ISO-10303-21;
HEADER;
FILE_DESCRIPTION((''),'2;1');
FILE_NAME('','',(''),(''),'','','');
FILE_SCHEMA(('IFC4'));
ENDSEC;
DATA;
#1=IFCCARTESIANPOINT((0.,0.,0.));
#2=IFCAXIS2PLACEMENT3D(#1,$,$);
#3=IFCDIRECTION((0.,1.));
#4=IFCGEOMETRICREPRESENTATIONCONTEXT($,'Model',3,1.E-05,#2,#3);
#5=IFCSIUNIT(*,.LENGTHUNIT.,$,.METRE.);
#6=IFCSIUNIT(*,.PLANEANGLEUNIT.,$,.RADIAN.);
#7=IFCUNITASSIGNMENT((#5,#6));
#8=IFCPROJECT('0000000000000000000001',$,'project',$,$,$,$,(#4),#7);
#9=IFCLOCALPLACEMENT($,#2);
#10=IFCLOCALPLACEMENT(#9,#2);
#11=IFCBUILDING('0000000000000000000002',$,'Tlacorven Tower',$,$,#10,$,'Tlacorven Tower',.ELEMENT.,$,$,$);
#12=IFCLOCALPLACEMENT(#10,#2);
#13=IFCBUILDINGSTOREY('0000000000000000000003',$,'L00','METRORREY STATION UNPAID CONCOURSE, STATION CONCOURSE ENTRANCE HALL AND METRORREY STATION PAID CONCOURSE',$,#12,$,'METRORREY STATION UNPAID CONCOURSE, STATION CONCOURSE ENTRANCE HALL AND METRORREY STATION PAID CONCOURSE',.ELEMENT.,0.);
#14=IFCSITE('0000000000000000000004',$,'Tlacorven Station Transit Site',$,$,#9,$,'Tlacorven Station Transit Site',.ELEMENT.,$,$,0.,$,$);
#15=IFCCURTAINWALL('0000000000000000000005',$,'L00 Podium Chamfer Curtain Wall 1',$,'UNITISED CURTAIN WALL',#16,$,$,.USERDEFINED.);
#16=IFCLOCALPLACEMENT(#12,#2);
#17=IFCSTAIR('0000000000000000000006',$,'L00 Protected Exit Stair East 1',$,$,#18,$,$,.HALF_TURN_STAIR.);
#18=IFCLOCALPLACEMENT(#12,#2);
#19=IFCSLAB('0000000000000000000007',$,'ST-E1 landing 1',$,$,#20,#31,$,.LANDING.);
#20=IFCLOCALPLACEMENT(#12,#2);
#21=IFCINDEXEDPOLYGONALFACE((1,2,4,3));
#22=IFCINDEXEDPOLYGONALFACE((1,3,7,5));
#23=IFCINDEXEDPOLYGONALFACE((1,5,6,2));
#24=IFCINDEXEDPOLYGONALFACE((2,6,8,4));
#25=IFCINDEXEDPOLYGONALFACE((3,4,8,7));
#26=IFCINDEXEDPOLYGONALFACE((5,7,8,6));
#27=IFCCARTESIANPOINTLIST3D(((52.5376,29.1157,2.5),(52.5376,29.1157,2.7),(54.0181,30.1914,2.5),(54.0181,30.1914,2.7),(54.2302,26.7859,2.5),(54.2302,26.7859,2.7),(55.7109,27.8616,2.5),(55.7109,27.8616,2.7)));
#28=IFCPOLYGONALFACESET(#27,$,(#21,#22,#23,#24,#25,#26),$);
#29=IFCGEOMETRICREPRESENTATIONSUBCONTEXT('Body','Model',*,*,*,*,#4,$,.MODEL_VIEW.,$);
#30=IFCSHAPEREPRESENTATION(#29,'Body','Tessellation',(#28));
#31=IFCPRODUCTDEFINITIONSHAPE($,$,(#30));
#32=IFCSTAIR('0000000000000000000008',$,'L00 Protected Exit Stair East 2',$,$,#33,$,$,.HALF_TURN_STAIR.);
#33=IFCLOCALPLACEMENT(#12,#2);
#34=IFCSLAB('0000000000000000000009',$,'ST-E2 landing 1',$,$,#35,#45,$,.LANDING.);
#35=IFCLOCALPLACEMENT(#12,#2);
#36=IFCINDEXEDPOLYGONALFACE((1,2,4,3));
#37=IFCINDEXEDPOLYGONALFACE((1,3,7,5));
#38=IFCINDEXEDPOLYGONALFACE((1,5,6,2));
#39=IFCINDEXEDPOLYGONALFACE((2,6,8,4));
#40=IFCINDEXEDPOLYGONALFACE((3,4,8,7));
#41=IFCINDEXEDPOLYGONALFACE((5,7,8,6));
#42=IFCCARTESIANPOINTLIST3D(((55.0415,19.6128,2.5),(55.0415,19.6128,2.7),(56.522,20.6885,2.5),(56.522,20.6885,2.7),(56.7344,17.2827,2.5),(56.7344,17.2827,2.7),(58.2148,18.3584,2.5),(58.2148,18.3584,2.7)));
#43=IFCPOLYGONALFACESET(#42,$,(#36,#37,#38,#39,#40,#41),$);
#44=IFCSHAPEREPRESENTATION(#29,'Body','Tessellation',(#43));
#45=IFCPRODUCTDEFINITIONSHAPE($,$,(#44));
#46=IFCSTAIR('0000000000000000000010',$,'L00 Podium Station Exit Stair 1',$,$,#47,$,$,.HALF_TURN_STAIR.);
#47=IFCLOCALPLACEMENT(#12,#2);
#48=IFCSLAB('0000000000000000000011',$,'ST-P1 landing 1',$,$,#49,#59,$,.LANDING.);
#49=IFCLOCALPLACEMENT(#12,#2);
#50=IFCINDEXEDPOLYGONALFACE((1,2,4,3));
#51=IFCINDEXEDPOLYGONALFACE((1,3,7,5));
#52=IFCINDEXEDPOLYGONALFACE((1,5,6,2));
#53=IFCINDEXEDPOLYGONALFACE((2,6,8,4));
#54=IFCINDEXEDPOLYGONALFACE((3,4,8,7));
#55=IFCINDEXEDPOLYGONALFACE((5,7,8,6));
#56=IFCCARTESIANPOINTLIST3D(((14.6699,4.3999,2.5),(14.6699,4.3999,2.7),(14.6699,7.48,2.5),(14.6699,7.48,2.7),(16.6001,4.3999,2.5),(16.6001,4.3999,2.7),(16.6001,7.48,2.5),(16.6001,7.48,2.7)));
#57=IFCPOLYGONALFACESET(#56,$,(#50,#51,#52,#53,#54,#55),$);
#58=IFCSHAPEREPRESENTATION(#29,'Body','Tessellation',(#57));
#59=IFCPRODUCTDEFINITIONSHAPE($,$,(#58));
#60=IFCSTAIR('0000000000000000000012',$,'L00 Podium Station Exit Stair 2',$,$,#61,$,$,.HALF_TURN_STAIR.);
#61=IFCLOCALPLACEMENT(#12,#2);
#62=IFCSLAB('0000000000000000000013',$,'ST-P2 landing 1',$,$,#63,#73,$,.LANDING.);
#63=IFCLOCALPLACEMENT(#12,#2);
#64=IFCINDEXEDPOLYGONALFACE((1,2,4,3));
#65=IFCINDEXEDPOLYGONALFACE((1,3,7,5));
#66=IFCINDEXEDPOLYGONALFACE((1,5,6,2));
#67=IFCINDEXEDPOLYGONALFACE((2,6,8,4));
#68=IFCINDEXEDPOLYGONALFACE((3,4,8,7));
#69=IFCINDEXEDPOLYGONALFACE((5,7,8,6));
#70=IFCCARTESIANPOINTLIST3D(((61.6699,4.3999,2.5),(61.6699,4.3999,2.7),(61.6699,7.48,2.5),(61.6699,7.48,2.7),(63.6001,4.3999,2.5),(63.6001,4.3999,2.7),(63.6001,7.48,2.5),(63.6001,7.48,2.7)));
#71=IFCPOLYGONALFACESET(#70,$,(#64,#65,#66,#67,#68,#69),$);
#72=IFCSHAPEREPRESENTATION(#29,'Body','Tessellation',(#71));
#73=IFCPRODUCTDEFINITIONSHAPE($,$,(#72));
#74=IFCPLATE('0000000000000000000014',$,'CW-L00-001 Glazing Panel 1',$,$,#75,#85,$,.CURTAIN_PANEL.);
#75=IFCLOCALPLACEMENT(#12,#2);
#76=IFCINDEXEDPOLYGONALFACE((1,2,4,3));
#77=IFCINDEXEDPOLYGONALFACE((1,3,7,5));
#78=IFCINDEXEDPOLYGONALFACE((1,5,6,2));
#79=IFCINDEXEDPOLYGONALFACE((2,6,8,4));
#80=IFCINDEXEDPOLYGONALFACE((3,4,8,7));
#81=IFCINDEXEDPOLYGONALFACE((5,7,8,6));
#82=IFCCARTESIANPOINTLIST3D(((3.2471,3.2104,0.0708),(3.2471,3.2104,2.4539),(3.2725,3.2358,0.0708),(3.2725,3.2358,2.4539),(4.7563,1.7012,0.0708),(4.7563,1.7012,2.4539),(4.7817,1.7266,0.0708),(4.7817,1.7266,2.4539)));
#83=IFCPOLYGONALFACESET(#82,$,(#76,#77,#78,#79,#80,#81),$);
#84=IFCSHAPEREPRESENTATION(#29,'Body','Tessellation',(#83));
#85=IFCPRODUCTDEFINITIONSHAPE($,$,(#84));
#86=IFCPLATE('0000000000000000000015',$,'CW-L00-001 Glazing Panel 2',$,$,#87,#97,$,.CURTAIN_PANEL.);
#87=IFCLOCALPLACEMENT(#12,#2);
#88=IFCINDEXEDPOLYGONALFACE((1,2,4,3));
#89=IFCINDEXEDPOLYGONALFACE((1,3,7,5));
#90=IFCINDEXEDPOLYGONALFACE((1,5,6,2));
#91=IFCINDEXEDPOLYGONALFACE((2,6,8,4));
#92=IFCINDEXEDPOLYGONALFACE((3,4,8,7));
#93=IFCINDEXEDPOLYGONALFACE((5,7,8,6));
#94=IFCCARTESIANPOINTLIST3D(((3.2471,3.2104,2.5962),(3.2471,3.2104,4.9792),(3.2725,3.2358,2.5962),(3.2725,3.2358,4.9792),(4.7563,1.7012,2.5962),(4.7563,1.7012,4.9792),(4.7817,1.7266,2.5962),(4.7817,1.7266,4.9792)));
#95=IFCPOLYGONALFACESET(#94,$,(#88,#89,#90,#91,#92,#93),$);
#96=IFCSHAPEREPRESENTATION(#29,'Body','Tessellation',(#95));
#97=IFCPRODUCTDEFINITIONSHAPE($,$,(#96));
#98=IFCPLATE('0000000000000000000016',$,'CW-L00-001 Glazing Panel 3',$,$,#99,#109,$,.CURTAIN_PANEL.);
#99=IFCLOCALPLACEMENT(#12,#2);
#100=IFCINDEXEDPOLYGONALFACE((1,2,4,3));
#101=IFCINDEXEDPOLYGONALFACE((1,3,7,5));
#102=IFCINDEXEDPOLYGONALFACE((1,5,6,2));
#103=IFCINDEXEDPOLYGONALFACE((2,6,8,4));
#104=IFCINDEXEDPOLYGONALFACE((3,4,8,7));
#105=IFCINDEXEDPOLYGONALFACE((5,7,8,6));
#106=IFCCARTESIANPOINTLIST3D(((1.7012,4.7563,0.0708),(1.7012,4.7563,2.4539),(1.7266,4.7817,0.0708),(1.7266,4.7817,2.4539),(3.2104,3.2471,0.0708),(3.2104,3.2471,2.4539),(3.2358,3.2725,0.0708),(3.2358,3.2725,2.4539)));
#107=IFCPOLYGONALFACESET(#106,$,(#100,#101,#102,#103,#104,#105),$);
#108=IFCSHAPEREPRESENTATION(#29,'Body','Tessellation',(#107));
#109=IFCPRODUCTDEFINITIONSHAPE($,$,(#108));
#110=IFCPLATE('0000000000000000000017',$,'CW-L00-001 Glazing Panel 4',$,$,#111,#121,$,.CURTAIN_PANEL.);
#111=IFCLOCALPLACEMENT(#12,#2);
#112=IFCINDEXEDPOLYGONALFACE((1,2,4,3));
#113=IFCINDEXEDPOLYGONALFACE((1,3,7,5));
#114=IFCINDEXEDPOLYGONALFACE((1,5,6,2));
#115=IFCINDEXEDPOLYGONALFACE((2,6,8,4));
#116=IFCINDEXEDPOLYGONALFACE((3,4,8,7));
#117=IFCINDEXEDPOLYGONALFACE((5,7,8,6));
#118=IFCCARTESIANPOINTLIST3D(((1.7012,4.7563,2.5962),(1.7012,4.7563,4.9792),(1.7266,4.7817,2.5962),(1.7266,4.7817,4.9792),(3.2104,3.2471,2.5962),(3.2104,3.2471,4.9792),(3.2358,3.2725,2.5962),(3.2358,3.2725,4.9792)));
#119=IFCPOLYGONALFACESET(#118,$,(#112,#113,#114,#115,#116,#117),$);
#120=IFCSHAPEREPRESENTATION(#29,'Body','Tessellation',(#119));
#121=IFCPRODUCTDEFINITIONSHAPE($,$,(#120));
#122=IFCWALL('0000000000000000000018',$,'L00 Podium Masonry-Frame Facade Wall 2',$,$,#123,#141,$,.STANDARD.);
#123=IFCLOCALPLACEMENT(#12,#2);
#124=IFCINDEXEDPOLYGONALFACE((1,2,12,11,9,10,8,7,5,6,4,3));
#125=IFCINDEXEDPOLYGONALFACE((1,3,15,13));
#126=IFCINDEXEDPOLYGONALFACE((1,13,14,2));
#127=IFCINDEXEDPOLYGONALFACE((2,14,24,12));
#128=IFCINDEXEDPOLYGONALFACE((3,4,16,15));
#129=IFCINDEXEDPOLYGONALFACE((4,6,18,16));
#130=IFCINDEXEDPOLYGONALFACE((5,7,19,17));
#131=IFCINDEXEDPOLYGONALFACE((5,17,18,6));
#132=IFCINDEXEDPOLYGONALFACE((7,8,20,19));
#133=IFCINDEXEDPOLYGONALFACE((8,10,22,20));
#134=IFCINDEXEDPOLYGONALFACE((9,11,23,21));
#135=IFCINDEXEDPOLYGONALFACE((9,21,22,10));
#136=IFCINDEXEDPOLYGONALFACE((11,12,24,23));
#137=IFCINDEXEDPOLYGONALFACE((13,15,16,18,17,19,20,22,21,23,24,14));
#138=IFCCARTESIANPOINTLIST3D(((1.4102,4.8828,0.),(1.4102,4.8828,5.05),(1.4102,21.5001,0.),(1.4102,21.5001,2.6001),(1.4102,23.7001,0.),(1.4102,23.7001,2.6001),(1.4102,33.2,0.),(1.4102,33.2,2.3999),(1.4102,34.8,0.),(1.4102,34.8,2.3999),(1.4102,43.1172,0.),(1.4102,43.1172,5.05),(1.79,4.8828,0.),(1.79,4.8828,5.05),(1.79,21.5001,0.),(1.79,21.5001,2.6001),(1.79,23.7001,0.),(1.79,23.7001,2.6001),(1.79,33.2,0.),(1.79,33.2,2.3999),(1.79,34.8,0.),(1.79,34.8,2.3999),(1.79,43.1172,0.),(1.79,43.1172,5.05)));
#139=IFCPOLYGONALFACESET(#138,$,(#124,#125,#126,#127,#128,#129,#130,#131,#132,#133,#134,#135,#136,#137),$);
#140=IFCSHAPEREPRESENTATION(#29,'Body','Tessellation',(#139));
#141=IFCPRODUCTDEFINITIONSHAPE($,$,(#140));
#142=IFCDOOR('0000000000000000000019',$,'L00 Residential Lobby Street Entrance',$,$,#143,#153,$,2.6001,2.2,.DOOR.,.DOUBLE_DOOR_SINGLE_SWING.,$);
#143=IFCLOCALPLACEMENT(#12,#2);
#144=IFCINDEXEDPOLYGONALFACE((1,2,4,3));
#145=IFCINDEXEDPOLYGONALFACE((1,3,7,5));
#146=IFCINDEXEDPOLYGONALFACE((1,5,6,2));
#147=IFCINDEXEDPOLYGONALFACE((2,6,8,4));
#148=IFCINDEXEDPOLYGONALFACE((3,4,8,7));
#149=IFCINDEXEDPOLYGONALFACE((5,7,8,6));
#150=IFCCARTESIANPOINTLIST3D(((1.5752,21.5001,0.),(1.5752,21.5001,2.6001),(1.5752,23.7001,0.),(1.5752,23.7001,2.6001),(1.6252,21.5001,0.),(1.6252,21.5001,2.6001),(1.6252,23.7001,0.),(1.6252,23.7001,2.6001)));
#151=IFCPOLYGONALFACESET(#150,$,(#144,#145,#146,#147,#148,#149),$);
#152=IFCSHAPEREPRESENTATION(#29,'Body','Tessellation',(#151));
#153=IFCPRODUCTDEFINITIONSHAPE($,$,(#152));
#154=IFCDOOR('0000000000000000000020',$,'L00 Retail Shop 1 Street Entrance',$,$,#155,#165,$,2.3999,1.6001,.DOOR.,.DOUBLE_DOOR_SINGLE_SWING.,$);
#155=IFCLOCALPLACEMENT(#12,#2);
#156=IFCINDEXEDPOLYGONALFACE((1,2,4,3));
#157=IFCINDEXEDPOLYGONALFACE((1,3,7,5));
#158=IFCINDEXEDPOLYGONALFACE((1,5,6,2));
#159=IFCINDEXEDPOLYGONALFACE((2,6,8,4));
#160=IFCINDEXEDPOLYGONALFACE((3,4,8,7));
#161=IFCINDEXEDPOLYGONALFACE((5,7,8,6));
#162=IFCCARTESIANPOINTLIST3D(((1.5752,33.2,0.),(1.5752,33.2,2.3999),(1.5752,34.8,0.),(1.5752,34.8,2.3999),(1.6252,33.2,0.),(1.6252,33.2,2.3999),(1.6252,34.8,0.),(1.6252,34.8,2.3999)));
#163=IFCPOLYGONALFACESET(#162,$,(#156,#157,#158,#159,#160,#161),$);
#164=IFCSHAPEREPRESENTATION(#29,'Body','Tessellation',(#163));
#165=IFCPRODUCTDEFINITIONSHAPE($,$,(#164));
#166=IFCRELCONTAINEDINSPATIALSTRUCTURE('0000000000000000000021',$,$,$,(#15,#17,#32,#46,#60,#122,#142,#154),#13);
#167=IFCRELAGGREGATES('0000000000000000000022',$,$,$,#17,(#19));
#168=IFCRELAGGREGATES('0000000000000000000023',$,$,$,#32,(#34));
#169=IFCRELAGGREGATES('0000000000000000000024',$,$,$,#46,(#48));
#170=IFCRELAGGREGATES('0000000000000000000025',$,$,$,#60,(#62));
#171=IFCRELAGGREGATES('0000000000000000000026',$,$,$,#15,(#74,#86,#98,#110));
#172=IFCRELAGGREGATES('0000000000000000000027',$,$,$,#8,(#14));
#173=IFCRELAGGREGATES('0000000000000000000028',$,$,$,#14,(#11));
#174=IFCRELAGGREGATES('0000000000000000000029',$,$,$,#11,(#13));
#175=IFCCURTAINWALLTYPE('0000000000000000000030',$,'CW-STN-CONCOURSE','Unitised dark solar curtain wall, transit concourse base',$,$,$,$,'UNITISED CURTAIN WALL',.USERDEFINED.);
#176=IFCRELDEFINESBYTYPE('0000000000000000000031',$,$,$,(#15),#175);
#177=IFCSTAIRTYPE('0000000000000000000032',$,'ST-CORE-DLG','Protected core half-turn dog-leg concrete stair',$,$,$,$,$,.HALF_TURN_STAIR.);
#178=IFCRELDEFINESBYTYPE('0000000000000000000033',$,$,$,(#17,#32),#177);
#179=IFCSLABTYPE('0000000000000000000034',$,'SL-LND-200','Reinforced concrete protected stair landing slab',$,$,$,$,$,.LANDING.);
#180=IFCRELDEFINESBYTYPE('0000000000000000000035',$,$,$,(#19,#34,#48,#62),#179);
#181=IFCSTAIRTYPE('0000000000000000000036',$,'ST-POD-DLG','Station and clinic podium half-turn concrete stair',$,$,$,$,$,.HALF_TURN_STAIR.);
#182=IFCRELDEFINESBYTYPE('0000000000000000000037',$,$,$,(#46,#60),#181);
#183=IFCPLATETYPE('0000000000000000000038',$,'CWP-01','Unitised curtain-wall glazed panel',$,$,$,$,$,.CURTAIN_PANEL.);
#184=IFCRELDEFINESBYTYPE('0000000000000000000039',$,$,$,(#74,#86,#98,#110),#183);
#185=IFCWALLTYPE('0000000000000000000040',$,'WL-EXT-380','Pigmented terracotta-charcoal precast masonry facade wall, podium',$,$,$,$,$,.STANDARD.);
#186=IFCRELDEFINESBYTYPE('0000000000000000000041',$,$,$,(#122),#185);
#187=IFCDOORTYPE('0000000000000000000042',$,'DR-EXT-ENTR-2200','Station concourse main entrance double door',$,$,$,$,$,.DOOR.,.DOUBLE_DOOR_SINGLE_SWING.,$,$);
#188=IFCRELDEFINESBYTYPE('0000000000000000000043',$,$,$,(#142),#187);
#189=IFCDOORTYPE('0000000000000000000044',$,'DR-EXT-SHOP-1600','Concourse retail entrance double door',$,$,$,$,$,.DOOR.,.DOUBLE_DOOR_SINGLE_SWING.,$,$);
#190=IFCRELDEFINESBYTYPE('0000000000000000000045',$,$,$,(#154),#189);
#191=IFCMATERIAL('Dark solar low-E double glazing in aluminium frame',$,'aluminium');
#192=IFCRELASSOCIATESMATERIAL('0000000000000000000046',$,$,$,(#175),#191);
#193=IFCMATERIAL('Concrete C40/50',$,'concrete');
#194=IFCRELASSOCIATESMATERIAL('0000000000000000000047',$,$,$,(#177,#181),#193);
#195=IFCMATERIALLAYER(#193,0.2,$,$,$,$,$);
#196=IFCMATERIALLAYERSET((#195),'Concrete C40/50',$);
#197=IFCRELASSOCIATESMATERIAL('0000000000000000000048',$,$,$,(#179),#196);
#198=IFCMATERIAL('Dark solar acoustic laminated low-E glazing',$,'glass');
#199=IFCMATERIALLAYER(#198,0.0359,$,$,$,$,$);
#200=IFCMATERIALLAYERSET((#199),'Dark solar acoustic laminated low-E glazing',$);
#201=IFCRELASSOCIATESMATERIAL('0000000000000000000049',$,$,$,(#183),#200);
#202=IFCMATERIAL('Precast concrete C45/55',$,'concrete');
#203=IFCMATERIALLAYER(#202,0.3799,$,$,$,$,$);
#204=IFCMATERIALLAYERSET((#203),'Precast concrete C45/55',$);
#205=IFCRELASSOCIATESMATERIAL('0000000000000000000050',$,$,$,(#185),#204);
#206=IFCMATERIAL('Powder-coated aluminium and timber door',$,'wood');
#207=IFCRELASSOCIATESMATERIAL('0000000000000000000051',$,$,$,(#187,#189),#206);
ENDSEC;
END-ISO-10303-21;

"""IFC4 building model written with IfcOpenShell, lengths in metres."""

from ifc_helpers import new_model, si_unit, direction, frame, frame_2d, origin, origin_2d, place, context, subcontext, project, spatial, polyline, rectangle, outline, extrude, source, transform, mapped, material, layer, layer_set, type_object, element, fill, aggregate, save


model = new_model("IFC4")

# Units and contexts
model_context = context("Model", 3, precision=1e-05, world=origin(), true_north=direction((0.0, 1.0)))
body_context = subcontext(model_context, "Body", "Model", "MODEL_VIEW")
ifc_project = project(units=[si_unit("LENGTHUNIT", "METRE"), si_unit("PLANEANGLEUNIT", "RADIAN")], contexts=[model_context])

# Site, building, storey
site_placement = place(None, origin())
site = spatial("IfcSite", under=ifc_project, at=site_placement, Name="Tlacorven Station Transit Site", LongName="Tlacorven Station Transit Site", CompositionType="ELEMENT", RefElevation=0.0)
building_placement = place(site_placement, origin())
building = spatial("IfcBuilding", under=site, at=building_placement, Name="Tlacorven Tower", LongName="Tlacorven Tower", CompositionType="ELEMENT")
storey_placement = place(building_placement, origin())
storey = spatial("IfcBuildingStorey", under=building, at=storey_placement, Name="L00", Description="METRORREY STATION UNPAID CONCOURSE, STATION CONCOURSE ENTRANCE HALL AND METRORREY STATION PAID CONCOURSE", LongName="METRORREY STATION UNPAID CONCOURSE, STATION CONCOURSE ENTRANCE HALL AND METRORREY STATION PAID CONCOURSE", CompositionType="ELEMENT", Elevation=0.0)

# Curtain wall
ifc_material_1 = material(Name="Dark solar low-E double glazing in aluminium frame", Category="aluminium")
curtain_wall_type = type_object("IfcCurtainWallType", Name="CW-STN-CONCOURSE", Description="Unitised dark solar curtain wall, transit concourse base", ElementType="UNITISED CURTAIN WALL", PredefinedType="USERDEFINED", material=ifc_material_1)
curtain_wall_placement = place(storey_placement, origin())
curtain_wall = element("IfcCurtainWall", 1, at=curtain_wall_placement, inside=storey, type_object=curtain_wall_type, Name="L00 Podium Chamfer Curtain Wall 1", ObjectType="UNITISED CURTAIN WALL", PredefinedType="USERDEFINED")

# Stairs, slabs
ifc_material_2 = material(Name="Concrete C40/50", Category="concrete")
stair_type_1 = type_object("IfcStairType", Name="ST-CORE-DLG", Description="Protected core half-turn dog-leg concrete stair", PredefinedType="HALF_TURN_STAIR", material=ifc_material_2)
ifc_layer_1 = layer(ifc_material_2, 0.2)
ifc_layer_set_1 = layer_set([ifc_layer_1], Name="Concrete C40/50")
slab_type = type_object("IfcSlabType", Name="SL-LND-200", Description="Reinforced concrete protected stair landing slab", PredefinedType="LANDING", material=ifc_layer_set_1)
stair_1_placement = place(storey_placement, origin())
stair_1 = element("IfcStair", 2, at=stair_1_placement, inside=storey, type_object=stair_type_1, Name="L00 Protected Exit Stair East 1", PredefinedType="HALF_TURN_STAIR")
slab_1_placement = place(storey_placement, frame((0.0, 0.0, 2.5)))
slab_1 = element("IfcSlab", 3, at=slab_1_placement, type_object=slab_type, Name="ST-E1 landing 1", PredefinedType="LANDING", context=body_context, shape_type="SweptSolid", body=[
    extrude(outline(polyline([(54.2302, 26.7859), (55.7109, 27.8616), (54.0181, 30.1914), (52.5376, 29.1157), (54.2302, 26.7859)])), origin(), (0.0, 0.0, 1.0), 0.2),
])
aggregate(stair_1, [slab_1])
stair_2_placement = place(storey_placement, origin())
stair_2 = element("IfcStair", 4, at=stair_2_placement, inside=storey, type_object=stair_type_1, Name="L00 Protected Exit Stair East 2", PredefinedType="HALF_TURN_STAIR")
slab_2_placement = place(storey_placement, frame((0.0, 0.0, 2.5)))
slab_2 = element("IfcSlab", 5, at=slab_2_placement, type_object=slab_type, Name="ST-E2 landing 1", PredefinedType="LANDING", context=body_context, shape_type="SweptSolid", body=[
    extrude(outline(polyline([(56.7344, 17.2827), (58.2148, 18.3584), (56.522, 20.6885), (55.0415, 19.6128), (56.7344, 17.2827)])), origin(), (0.0, 0.0, 1.0), 0.2),
])
aggregate(stair_2, [slab_2])
stair_type_2 = type_object("IfcStairType", Name="ST-POD-DLG", Description="Station and clinic podium half-turn concrete stair", PredefinedType="HALF_TURN_STAIR", material=ifc_material_2)
stair_3_placement = place(storey_placement, origin())
stair_3 = element("IfcStair", 6, at=stair_3_placement, inside=storey, type_object=stair_type_2, Name="L00 Podium Station Exit Stair 1", PredefinedType="HALF_TURN_STAIR")
slab_3_placement = place(storey_placement, frame((0.0, 0.0, 2.5)))
slab_3 = element("IfcSlab", 7, at=slab_3_placement, type_object=slab_type, Name="ST-P1 landing 1", PredefinedType="LANDING", context=body_context, shape_type="SweptSolid", body=[
    extrude(outline(polyline([(14.6699, 4.3999), (16.6001, 4.3999), (16.6001, 7.48), (14.6699, 7.48), (14.6699, 4.3999)])), origin(), (0.0, 0.0, 1.0), 0.2),
])
aggregate(stair_3, [slab_3])
stair_4_placement = place(storey_placement, origin())
stair_4 = element("IfcStair", 8, at=stair_4_placement, inside=storey, type_object=stair_type_2, Name="L00 Podium Station Exit Stair 2", PredefinedType="HALF_TURN_STAIR")
slab_4_placement = place(storey_placement, frame((0.0, 0.0, 2.5)))
slab_4 = element("IfcSlab", 9, at=slab_4_placement, type_object=slab_type, Name="ST-P2 landing 1", PredefinedType="LANDING", context=body_context, shape_type="SweptSolid", body=[
    extrude(outline(polyline([(61.6699, 4.3999), (63.6001, 4.3999), (63.6001, 7.48), (61.6699, 7.48), (61.6699, 4.3999)])), origin(), (0.0, 0.0, 1.0), 0.2),
])
aggregate(stair_4, [slab_4])

# Plates
ifc_material_3 = material(Name="Dark solar acoustic laminated low-E glazing", Category="glass")
ifc_layer_2 = layer(ifc_material_3, 0.0359)
ifc_layer_set_2 = layer_set([ifc_layer_2], Name="Dark solar acoustic laminated low-E glazing")
plate_type = type_object("IfcPlateType", Name="CWP-01", Description="Unitised curtain-wall glazed panel", PredefinedType="CURTAIN_PANEL", material=ifc_layer_set_2)
shared_shape_1 = source(origin(), body_context, "Body", "SweptSolid", [
    extrude(rectangle(XDim=2.1343, YDim=0.0359, at=origin_2d()), origin(), (0.0, 0.0, 1.0), 2.3831),
])
plate_1_placement = place(storey_placement, frame((4.0144, 2.4685, 0.0708), z_axis=(0.0, 0.0, 1.0), x_axis=(-0.707107, 0.707107, 0.0)))
plate_1 = element("IfcPlate", 10, at=plate_1_placement, type_object=plate_type, Name="CW-L00-001 Glazing Panel 1", PredefinedType="CURTAIN_PANEL", context=body_context, shape_type="MappedRepresentation", body=[
    mapped(shared_shape_1, transform((0.0, 0.0, 0.0), scale=1.0)),
])
plate_2_placement = place(storey_placement, frame((4.0144, 2.4685, 2.5962), z_axis=(0.0, 0.0, 1.0), x_axis=(-0.707107, 0.707107, 0.0)))
plate_2 = element("IfcPlate", 11, at=plate_2_placement, type_object=plate_type, Name="CW-L00-001 Glazing Panel 2", PredefinedType="CURTAIN_PANEL", context=body_context, shape_type="MappedRepresentation", body=[
    mapped(shared_shape_1, transform((0.0, 0.0, 0.0), scale=1.0)),
])
plate_3_placement = place(storey_placement, frame((2.4685, 4.0144, 0.0708), z_axis=(0.0, 0.0, 1.0), x_axis=(-0.707107, 0.707107, 0.0)))
plate_3 = element("IfcPlate", 12, at=plate_3_placement, type_object=plate_type, Name="CW-L00-001 Glazing Panel 3", PredefinedType="CURTAIN_PANEL", context=body_context, shape_type="MappedRepresentation", body=[
    mapped(shared_shape_1, transform((0.0, 0.0, 0.0), scale=1.0)),
])
plate_4_placement = place(storey_placement, frame((2.4685, 4.0144, 2.5962), z_axis=(0.0, 0.0, 1.0), x_axis=(-0.707107, 0.707107, 0.0)))
plate_4 = element("IfcPlate", 13, at=plate_4_placement, type_object=plate_type, Name="CW-L00-001 Glazing Panel 4", PredefinedType="CURTAIN_PANEL", context=body_context, shape_type="MappedRepresentation", body=[
    mapped(shared_shape_1, transform((0.0, 0.0, 0.0), scale=1.0)),
])
aggregate(curtain_wall, [plate_1, plate_2, plate_3, plate_4])

# Wall, openings, doors
ifc_material_4 = material(Name="Precast concrete C45/55", Category="concrete")
ifc_layer_3 = layer(ifc_material_4, 0.3799)
ifc_layer_set_3 = layer_set([ifc_layer_3], Name="Precast concrete C45/55")
wall_type_1 = type_object("IfcWallType", Name="WL-EXT-380", Description="Pigmented terracotta-charcoal precast masonry facade wall, podium", PredefinedType="STANDARD", material=ifc_layer_set_3)
wall_1_placement = place(storey_placement, frame((1.6001, 4.8828, 0.0), z_axis=(0.0, 0.0, 1.0), x_axis=(0.0, 1.0, 0.0)))
wall_1 = element("IfcWall", 14, at=wall_1_placement, inside=storey, type_object=wall_type_1, Name="L00 Podium Masonry-Frame Facade Wall 2", PredefinedType="STANDARD", context=body_context, shape_type="SweptSolid", body=[
    extrude(rectangle(XDim=38.2344, YDim=0.3799, at=frame_2d((19.1172, 0.0))), origin(), (0.0, 0.0, 1.0), 5.05),
])
opening_1_placement = place(wall_1_placement, frame((16.6172, 0.0, 0.0)))
opening_1 = element("IfcOpeningElement", 15, at=opening_1_placement, cuts=wall_1, PredefinedType="OPENING", context=body_context, shape_type="SweptSolid", body=[
    extrude(rectangle(XDim=2.2, YDim=2.6001, at=frame_2d((1.1001, 1.3))), frame((0.0, 0.2, 0.0), z_axis=(0.0, -1.0, 0.0), x_axis=(1.0, 0.0, 0.0)), (0.0, 0.0, 1.0), 0.3999),
])
opening_2_placement = place(wall_1_placement, frame((28.3171, 0.0, 0.0)))
opening_2 = element("IfcOpeningElement", 16, at=opening_2_placement, cuts=wall_1, PredefinedType="OPENING", context=body_context, shape_type="SweptSolid", body=[
    extrude(rectangle(XDim=1.6001, YDim=2.3999, at=frame_2d((0.8, 1.2))), frame((0.0, 0.2, 0.0), z_axis=(0.0, -1.0, 0.0), x_axis=(1.0, 0.0, 0.0)), (0.0, 0.0, 1.0), 0.3999),
])
ifc_material_5 = material(Name="Powder-coated aluminium and timber door", Category="wood")
door_type_1 = type_object("IfcDoorType", Name="DR-EXT-ENTR-2200", Description="Station concourse main entrance double door", OperationType="DOUBLE_DOOR_SINGLE_SWING", PredefinedType="DOOR", material=ifc_material_5)
shared_shape_2 = source(origin(), body_context, "Body", "SweptSolid", [
    extrude(rectangle(XDim=2.2, YDim=2.6001, at=frame_2d((1.1001, 1.3))), frame((0.0, 0.0249, 0.0), z_axis=(0.0, -1.0, 0.0), x_axis=(1.0, 0.0, 0.0)), (0.0, 0.0, 1.0), 0.05),
])
door_1_placement = place(opening_1_placement, origin())
door_1 = element("IfcDoor", 17, at=door_1_placement, inside=storey, type_object=door_type_1, Name="L00 Residential Lobby Street Entrance", OperationType="DOUBLE_DOOR_SINGLE_SWING", OverallHeight=2.6001, OverallWidth=2.2, PredefinedType="DOOR", context=body_context, shape_type="MappedRepresentation", body=[
    mapped(shared_shape_2, transform((0.0, 0.0, 0.0), scale=1.0)),
])
fill(opening_1, door_1)
door_type_2 = type_object("IfcDoorType", Name="DR-EXT-SHOP-1600", Description="Concourse retail entrance double door", OperationType="DOUBLE_DOOR_SINGLE_SWING", PredefinedType="DOOR", material=ifc_material_5)
shared_shape_3 = source(origin(), body_context, "Body", "SweptSolid", [
    extrude(rectangle(XDim=1.6001, YDim=2.3999, at=frame_2d((0.8, 1.2))), frame((0.0, 0.0249, 0.0), z_axis=(0.0, -1.0, 0.0), x_axis=(1.0, 0.0, 0.0)), (0.0, 0.0, 1.0), 0.05),
])
door_2_placement = place(opening_2_placement, origin())
door_2 = element("IfcDoor", 18, at=door_2_placement, inside=storey, type_object=door_type_2, Name="L00 Retail Shop 1 Street Entrance", OperationType="DOUBLE_DOOR_SINGLE_SWING", OverallHeight=2.3999, OverallWidth=1.6001, PredefinedType="DOOR", context=body_context, shape_type="MappedRepresentation", body=[
    mapped(shared_shape_3, transform((0.0, 0.0, 0.0), scale=1.0)),
])
fill(opening_2, door_2)

save(model, "model.ifc")
